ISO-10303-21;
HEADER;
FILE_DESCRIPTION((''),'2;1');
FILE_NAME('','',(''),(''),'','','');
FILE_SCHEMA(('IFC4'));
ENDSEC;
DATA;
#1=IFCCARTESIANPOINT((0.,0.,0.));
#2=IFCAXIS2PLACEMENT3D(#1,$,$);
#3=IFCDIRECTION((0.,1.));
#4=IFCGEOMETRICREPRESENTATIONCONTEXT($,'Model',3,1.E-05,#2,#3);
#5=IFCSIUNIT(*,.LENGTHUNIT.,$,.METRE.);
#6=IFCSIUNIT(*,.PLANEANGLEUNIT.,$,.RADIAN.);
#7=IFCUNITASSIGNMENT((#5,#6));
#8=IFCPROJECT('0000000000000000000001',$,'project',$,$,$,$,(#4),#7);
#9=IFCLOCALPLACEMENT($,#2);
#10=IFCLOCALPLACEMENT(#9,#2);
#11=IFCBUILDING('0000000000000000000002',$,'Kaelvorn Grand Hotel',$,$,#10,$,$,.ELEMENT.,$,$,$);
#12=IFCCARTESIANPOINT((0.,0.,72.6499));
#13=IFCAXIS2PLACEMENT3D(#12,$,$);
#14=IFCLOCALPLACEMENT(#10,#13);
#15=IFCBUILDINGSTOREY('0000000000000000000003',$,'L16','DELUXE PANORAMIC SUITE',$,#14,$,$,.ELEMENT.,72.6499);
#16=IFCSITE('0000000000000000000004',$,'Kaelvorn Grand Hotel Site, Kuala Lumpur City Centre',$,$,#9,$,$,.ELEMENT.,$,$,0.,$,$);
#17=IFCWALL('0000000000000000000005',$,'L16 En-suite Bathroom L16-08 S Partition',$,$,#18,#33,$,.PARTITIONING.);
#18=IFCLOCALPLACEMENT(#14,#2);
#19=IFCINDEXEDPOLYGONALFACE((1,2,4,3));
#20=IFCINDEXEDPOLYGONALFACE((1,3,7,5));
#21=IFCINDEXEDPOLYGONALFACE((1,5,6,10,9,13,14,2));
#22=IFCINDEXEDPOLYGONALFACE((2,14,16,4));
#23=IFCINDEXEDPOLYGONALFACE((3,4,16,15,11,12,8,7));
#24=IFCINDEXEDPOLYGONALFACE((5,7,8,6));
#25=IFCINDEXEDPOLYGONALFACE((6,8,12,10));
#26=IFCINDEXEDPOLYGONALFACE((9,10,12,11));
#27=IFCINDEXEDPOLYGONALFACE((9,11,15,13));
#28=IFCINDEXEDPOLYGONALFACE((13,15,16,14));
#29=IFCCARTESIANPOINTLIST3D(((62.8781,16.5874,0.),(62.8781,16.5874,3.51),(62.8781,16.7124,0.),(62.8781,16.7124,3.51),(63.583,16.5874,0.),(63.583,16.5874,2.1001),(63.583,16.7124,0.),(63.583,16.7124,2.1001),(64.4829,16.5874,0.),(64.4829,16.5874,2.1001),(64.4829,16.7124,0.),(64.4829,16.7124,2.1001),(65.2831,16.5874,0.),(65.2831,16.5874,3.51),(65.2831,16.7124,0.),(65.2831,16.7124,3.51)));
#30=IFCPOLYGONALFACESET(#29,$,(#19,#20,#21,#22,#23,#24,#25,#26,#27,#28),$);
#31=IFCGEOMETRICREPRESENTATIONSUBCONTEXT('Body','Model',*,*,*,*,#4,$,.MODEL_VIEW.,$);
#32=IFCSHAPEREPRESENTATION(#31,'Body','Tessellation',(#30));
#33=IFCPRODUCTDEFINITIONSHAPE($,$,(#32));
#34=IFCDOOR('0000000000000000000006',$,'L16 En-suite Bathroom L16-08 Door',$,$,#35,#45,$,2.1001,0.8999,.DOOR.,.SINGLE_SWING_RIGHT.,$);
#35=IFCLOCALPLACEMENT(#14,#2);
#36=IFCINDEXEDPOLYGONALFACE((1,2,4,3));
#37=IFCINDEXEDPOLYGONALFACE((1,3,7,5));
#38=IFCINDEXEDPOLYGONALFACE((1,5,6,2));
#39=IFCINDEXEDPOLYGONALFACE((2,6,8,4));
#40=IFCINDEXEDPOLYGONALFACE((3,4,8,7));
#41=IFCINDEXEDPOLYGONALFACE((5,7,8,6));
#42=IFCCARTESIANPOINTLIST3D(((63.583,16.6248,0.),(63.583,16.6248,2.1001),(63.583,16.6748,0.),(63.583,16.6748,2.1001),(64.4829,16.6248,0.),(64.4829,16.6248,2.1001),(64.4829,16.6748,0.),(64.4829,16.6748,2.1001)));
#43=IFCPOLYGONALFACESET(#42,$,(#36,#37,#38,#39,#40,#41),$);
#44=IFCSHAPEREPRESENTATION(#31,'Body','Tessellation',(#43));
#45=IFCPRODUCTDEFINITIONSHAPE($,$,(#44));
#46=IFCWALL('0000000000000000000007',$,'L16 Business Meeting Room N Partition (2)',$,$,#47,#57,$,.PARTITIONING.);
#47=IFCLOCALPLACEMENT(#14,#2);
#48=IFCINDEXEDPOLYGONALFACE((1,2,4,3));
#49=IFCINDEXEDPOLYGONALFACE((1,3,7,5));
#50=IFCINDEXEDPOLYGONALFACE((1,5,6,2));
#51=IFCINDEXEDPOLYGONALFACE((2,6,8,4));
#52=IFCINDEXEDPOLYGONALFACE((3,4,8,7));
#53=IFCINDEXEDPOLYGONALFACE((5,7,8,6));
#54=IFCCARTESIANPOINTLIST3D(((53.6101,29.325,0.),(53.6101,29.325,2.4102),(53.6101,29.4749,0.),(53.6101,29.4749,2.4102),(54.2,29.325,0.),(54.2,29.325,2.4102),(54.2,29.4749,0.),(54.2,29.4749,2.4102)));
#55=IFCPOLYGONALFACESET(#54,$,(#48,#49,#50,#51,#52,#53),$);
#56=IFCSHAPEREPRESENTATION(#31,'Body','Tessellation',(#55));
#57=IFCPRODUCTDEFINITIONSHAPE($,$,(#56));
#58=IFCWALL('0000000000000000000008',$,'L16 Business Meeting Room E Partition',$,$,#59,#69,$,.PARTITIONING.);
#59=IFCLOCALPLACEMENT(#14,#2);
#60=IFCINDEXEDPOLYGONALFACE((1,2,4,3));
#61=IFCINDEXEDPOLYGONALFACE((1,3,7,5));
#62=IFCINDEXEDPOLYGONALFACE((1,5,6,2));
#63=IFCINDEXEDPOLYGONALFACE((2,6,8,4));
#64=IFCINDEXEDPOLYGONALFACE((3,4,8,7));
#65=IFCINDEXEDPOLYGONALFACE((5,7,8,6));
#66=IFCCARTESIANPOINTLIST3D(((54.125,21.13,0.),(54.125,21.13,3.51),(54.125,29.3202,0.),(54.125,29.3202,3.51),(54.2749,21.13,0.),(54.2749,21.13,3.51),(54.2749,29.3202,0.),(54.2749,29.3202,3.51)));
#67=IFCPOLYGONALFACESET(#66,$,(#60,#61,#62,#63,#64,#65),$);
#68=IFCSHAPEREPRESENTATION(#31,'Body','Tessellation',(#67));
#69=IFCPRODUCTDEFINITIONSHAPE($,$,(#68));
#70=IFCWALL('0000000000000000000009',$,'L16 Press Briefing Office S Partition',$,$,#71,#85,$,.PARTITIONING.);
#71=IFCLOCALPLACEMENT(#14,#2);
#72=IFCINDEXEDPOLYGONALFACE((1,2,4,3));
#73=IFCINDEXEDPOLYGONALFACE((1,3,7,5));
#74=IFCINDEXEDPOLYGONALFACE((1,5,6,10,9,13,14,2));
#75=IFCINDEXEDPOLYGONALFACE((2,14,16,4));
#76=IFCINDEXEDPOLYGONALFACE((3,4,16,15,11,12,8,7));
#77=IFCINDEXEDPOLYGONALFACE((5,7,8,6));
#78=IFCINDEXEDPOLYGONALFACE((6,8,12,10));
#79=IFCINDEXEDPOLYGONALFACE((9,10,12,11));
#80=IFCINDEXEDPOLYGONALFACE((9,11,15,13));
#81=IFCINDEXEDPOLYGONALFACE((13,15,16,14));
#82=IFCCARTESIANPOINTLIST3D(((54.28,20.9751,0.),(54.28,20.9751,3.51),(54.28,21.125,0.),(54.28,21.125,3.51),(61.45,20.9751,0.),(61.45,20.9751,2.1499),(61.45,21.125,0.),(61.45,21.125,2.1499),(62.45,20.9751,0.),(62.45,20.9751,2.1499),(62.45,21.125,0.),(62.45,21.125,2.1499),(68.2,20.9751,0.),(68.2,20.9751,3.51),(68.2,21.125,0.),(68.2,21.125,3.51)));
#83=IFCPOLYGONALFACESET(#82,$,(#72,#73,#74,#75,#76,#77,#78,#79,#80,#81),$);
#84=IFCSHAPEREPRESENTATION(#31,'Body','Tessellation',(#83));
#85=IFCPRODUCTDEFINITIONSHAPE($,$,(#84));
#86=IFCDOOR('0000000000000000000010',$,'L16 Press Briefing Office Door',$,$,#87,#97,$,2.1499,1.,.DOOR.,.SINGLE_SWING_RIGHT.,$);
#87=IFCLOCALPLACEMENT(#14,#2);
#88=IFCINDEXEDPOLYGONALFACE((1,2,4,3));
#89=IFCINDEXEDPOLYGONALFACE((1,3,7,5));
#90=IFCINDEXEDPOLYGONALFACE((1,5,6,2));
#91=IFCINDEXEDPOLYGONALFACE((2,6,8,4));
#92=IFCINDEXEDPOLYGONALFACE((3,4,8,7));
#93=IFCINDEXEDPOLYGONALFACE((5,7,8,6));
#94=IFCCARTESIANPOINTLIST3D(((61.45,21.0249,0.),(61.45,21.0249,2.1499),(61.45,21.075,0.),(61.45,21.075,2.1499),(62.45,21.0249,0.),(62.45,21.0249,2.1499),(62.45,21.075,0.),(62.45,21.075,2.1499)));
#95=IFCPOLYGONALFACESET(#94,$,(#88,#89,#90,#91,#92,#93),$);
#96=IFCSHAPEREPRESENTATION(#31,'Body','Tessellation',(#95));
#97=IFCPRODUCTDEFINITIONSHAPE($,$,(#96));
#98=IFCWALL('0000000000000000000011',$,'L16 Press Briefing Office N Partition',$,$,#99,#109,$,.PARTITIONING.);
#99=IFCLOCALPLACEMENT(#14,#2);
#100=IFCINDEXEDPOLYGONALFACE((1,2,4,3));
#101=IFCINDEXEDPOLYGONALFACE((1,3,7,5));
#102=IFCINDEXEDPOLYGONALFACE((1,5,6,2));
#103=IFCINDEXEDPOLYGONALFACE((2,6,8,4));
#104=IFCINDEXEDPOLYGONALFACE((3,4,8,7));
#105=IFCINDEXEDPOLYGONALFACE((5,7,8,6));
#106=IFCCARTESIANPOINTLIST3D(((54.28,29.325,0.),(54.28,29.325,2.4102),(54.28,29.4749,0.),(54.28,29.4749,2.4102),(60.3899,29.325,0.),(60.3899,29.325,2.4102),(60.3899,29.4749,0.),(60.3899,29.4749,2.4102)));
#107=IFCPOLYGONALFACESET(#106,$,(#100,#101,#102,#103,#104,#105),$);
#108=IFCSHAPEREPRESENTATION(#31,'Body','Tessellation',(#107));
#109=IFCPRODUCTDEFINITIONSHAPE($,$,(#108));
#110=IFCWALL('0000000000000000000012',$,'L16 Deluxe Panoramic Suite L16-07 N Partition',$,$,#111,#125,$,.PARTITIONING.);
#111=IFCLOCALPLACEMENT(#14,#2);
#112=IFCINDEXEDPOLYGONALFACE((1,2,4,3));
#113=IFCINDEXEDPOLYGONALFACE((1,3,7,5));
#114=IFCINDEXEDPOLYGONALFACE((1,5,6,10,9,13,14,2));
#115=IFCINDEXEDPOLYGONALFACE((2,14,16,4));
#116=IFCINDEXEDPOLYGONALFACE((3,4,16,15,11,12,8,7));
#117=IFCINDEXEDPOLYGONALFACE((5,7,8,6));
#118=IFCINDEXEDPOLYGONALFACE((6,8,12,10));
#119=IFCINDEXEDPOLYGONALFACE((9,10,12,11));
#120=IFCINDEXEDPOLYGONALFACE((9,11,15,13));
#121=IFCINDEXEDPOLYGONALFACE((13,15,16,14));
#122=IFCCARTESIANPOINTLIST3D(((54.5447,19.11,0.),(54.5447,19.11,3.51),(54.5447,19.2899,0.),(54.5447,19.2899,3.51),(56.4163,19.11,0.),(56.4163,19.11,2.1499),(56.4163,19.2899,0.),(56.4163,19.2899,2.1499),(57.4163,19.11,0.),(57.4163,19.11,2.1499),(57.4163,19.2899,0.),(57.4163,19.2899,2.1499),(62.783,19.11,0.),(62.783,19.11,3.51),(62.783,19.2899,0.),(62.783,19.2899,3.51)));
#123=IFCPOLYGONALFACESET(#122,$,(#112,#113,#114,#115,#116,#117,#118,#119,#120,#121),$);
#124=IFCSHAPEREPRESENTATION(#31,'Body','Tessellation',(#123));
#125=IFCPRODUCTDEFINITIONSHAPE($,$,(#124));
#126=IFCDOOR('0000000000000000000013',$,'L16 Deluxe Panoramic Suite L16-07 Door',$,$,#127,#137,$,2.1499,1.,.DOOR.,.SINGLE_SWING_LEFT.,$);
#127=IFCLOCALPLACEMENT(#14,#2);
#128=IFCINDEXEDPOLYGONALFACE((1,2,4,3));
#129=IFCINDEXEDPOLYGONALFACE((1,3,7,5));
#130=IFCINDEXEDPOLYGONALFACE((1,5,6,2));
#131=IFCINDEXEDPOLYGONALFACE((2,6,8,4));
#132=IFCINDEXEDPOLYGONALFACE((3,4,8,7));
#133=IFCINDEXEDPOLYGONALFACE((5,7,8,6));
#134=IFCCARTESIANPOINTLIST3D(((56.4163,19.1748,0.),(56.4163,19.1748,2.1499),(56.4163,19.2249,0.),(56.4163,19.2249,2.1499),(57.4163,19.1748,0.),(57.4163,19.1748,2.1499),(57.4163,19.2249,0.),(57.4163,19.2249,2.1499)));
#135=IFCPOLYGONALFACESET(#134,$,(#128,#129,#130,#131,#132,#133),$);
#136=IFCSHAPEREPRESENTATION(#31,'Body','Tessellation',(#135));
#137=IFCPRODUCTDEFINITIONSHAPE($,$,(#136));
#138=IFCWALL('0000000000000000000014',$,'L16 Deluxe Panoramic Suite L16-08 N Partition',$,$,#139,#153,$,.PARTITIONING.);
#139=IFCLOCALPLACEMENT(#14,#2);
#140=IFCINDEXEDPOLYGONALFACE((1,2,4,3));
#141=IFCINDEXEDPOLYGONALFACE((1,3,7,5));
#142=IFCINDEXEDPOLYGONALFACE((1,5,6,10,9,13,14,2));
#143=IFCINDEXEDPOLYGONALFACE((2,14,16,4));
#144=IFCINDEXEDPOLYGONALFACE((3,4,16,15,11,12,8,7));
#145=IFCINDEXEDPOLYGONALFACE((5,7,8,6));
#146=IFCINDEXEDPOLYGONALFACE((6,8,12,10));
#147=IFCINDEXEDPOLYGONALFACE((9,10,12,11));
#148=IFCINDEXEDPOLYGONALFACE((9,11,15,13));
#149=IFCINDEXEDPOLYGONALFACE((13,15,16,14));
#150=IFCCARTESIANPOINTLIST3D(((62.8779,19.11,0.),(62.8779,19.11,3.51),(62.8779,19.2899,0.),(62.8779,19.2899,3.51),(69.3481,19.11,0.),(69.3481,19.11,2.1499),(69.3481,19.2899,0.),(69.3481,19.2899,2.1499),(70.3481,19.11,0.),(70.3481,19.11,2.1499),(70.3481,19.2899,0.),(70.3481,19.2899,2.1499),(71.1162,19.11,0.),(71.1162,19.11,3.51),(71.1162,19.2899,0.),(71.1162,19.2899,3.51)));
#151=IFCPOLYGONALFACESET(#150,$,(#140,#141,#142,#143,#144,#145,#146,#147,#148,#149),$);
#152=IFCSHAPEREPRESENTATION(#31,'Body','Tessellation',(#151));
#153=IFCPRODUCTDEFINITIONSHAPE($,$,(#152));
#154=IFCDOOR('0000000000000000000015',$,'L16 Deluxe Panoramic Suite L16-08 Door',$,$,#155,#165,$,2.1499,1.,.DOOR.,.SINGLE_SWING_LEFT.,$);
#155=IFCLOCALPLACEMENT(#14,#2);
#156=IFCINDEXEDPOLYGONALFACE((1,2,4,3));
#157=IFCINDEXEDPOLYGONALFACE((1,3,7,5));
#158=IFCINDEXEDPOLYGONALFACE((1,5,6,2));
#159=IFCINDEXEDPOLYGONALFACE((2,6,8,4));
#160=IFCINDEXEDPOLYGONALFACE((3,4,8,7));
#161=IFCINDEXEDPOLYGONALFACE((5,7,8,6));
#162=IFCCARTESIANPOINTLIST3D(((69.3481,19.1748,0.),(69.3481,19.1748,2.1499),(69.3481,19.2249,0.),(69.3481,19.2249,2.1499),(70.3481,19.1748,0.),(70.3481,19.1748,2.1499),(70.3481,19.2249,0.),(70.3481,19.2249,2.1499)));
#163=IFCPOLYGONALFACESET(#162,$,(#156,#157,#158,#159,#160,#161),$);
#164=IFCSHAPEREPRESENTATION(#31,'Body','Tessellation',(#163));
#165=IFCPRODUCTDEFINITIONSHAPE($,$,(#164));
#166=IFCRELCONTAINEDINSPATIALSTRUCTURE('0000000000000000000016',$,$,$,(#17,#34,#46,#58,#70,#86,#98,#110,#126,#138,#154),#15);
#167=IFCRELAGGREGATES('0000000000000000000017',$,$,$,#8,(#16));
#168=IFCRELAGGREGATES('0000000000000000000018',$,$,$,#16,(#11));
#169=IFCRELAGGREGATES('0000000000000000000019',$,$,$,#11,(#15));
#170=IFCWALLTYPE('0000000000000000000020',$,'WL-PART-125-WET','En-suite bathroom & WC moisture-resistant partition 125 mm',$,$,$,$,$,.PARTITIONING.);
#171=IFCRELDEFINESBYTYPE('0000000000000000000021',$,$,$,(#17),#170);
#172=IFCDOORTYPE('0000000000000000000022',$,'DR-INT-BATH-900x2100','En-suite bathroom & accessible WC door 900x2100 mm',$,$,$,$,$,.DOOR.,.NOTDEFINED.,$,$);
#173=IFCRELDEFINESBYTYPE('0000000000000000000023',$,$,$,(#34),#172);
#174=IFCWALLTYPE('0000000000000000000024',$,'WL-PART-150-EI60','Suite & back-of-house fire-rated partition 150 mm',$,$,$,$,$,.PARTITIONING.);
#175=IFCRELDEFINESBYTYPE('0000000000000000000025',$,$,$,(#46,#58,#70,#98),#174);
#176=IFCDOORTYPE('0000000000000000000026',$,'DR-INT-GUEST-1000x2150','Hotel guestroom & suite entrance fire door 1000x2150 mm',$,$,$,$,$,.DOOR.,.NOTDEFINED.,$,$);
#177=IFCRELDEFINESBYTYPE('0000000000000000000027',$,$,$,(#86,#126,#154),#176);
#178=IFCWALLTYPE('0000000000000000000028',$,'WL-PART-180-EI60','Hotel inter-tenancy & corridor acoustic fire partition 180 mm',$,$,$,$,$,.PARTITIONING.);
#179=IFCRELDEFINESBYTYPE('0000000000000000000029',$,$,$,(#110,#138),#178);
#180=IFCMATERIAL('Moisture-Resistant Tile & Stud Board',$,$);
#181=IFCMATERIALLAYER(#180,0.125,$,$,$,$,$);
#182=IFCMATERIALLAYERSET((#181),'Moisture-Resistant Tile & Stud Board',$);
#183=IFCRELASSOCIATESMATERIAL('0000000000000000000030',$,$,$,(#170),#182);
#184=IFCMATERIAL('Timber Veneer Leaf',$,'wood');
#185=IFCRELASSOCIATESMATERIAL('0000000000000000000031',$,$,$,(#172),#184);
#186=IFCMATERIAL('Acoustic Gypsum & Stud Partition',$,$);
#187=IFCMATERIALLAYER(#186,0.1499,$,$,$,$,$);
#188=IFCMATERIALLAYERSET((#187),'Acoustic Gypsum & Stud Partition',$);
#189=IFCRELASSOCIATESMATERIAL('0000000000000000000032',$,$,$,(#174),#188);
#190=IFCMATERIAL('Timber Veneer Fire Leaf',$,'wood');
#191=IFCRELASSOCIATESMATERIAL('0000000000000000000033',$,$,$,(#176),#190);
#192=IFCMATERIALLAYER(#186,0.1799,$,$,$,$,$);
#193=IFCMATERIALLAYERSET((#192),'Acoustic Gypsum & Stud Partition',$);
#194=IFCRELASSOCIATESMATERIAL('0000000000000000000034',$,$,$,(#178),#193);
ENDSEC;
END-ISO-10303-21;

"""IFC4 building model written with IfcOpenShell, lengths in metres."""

from ifc_helpers import new_model, si_unit, direction, frame, frame_2d, origin, place, context, subcontext, project, spatial, rectangle, extrude, material, layer, layer_set, type_object, element, fill, save


model = new_model("IFC4")

# Units and contexts
model_context = context("Model", 3, precision=1e-05, world=origin(), true_north=direction((0.0, 1.0)))
body_context = subcontext(model_context, "Body", "Model", "MODEL_VIEW")
ifc_project = project(units=[si_unit("LENGTHUNIT", "METRE"), si_unit("PLANEANGLEUNIT", "RADIAN")], contexts=[model_context])

# Site, building, storey
site_placement = place(None, origin())
site = spatial("IfcSite", under=ifc_project, at=site_placement, Name="Kaelvorn Grand Hotel Site, Kuala Lumpur City Centre", CompositionType="ELEMENT", RefElevation=0.0)
building_placement = place(site_placement, origin())
building = spatial("IfcBuilding", under=site, at=building_placement, Name="Kaelvorn Grand Hotel", CompositionType="ELEMENT")
storey_placement = place(building_placement, frame((0.0, 0.0, 72.6499)))
storey = spatial("IfcBuildingStorey", under=building, at=storey_placement, Name="L16", Description="DELUXE PANORAMIC SUITE", CompositionType="ELEMENT", Elevation=72.6499)

# Shared definitions
ifc_material_1 = material(Name="Moisture-Resistant Tile & Stud Board")
ifc_layer_1 = layer(ifc_material_1, 0.125)
ifc_layer_set_1 = layer_set([ifc_layer_1], Name="Moisture-Resistant Tile & Stud Board")
wall_type_1 = type_object("IfcWallType", Name="WL-PART-125-WET", Description="En-suite bathroom & WC moisture-resistant partition 125 mm", PredefinedType="PARTITIONING", material=ifc_layer_set_1)
ifc_material_2 = material(Name="Timber Veneer Leaf", Category="wood")
door_type_1 = type_object("IfcDoorType", Name="DR-INT-BATH-900x2100", Description="En-suite bathroom & accessible WC door 900x2100 mm", OperationType="NOTDEFINED", PredefinedType="DOOR", material=ifc_material_2)

# Wall, opening, door
wall_1_placement = place(storey_placement, frame((62.8779, 16.6499, 0.0), z_axis=(0.0, 0.0, 1.0), x_axis=(1.0, 0.0, 0.0)))
wall_1 = element("IfcWall", 1, at=wall_1_placement, inside=storey, type_object=wall_type_1, Name="L16 En-suite Bathroom L16-08 S Partition", PredefinedType="PARTITIONING", context=body_context, shape_type="SweptSolid", body=[
    extrude(rectangle(XDim=2.405, YDim=0.125, at=frame_2d((1.2026, 0.0))), origin(), (0.0, 0.0, 1.0), 3.51),
])
opening_1_placement = place(wall_1_placement, frame((0.7051, 0.0, 0.0)))
opening_1 = element("IfcOpeningElement", 2, at=opening_1_placement, cuts=wall_1, PredefinedType="OPENING", context=body_context, shape_type="SweptSolid", body=[
    extrude(rectangle(XDim=0.8999, YDim=2.1001, at=frame_2d((0.45, 1.05))), frame((0.0, 0.0725, 0.0), z_axis=(0.0, -1.0, 0.0), x_axis=(1.0, 0.0, 0.0)), (0.0, 0.0, 1.0), 0.145),
])
door_1_placement = place(opening_1_placement, origin())
door_1 = element("IfcDoor", 3, at=door_1_placement, inside=storey, type_object=door_type_1, Name="L16 En-suite Bathroom L16-08 Door", OperationType="SINGLE_SWING_RIGHT", OverallHeight=2.1001, OverallWidth=0.8999, PredefinedType="DOOR", context=body_context, shape_type="SweptSolid", body=[
    extrude(rectangle(XDim=0.8999, YDim=2.1001, at=frame_2d((0.45, 1.05))), frame((0.0, 0.0249, 0.0), z_axis=(0.0, -1.0, 0.0), x_axis=(1.0, 0.0, 0.0)), (0.0, 0.0, 1.0), 0.05),
])
fill(opening_1, door_1)

# Walls
ifc_material_3 = material(Name="Acoustic Gypsum & Stud Partition")
ifc_layer_2 = layer(ifc_material_3, 0.1499)
ifc_layer_set_2 = layer_set([ifc_layer_2], Name="Acoustic Gypsum & Stud Partition")
wall_type_2 = type_object("IfcWallType", Name="WL-PART-150-EI60", Description="Suite & back-of-house fire-rated partition 150 mm", PredefinedType="PARTITIONING", material=ifc_layer_set_2)
wall_2_placement = place(storey_placement, frame((53.6101, 29.3999, 0.0), z_axis=(0.0, 0.0, 1.0), x_axis=(1.0, 0.0, 0.0)))
element("IfcWall", 4, at=wall_2_placement, inside=storey, type_object=wall_type_2, Name="L16 Business Meeting Room N Partition (2)", PredefinedType="PARTITIONING", context=body_context, shape_type="SweptSolid", body=[
    extrude(rectangle(XDim=0.5898, YDim=0.1499, at=frame_2d((0.2949, 0.0))), origin(), (0.0, 0.0, 1.0), 2.4102),
])
wall_3_placement = place(storey_placement, frame((54.2, 21.1299, 0.0), z_axis=(0.0, 0.0, 1.0), x_axis=(0.0, 1.0, 0.0)))
element("IfcWall", 5, at=wall_3_placement, inside=storey, type_object=wall_type_2, Name="L16 Business Meeting Room E Partition", PredefinedType="PARTITIONING", context=body_context, shape_type="SweptSolid", body=[
    extrude(rectangle(XDim=8.1902, YDim=0.1499, at=frame_2d((4.0952, 0.0))), origin(), (0.0, 0.0, 1.0), 3.51),
])

# Wall, opening, door
wall_4_placement = place(storey_placement, frame((54.28, 21.05, 0.0), z_axis=(0.0, 0.0, 1.0), x_axis=(1.0, 0.0, 0.0)))
wall_4 = element("IfcWall", 6, at=wall_4_placement, inside=storey, type_object=wall_type_2, Name="L16 Press Briefing Office S Partition", PredefinedType="PARTITIONING", context=body_context, shape_type="SweptSolid", body=[
    extrude(rectangle(XDim=13.9199, YDim=0.1499, at=frame_2d((6.96, 0.0))), origin(), (0.0, 0.0, 1.0), 3.51),
])
opening_2_placement = place(wall_4_placement, frame((7.1699, 0.0, 0.0)))
opening_2 = element("IfcOpeningElement", 7, at=opening_2_placement, cuts=wall_4, PredefinedType="OPENING", context=body_context, shape_type="SweptSolid", body=[
    extrude(rectangle(XDim=1.0, YDim=2.1499, at=frame_2d((0.5, 1.075))), frame((0.0, 0.085, 0.0), z_axis=(0.0, -1.0, 0.0), x_axis=(1.0, 0.0, 0.0)), (0.0, 0.0, 1.0), 0.1699),
])
ifc_material_4 = material(Name="Timber Veneer Fire Leaf", Category="wood")
door_type_2 = type_object("IfcDoorType", Name="DR-INT-GUEST-1000x2150", Description="Hotel guestroom & suite entrance fire door 1000x2150 mm", OperationType="NOTDEFINED", PredefinedType="DOOR", material=ifc_material_4)
door_2_placement = place(opening_2_placement, origin())
door_2 = element("IfcDoor", 8, at=door_2_placement, inside=storey, type_object=door_type_2, Name="L16 Press Briefing Office Door", OperationType="SINGLE_SWING_RIGHT", OverallHeight=2.1499, OverallWidth=1.0, PredefinedType="DOOR", context=body_context, shape_type="SweptSolid", body=[
    extrude(rectangle(XDim=1.0, YDim=2.1499, at=frame_2d((0.5, 1.075))), frame((0.0, 0.0249, 0.0), z_axis=(0.0, -1.0, 0.0), x_axis=(1.0, 0.0, 0.0)), (0.0, 0.0, 1.0), 0.05),
])
fill(opening_2, door_2)

# Wall
wall_5_placement = place(storey_placement, frame((54.28, 29.3999, 0.0), z_axis=(0.0, 0.0, 1.0), x_axis=(1.0, 0.0, 0.0)))
element("IfcWall", 9, at=wall_5_placement, inside=storey, type_object=wall_type_2, Name="L16 Press Briefing Office N Partition", PredefinedType="PARTITIONING", context=body_context, shape_type="SweptSolid", body=[
    extrude(rectangle(XDim=6.1099, YDim=0.1499, at=frame_2d((3.0549, 0.0))), origin(), (0.0, 0.0, 1.0), 2.4102),
])

# Walls, openings, doors
ifc_layer_3 = layer(ifc_material_3, 0.1799)
ifc_layer_set_3 = layer_set([ifc_layer_3], Name="Acoustic Gypsum & Stud Partition")
wall_type_3 = type_object("IfcWallType", Name="WL-PART-180-EI60", Description="Hotel inter-tenancy & corridor acoustic fire partition 180 mm", PredefinedType="PARTITIONING", material=ifc_layer_set_3)
wall_6_placement = place(storey_placement, frame((54.5447, 19.2, 0.0), z_axis=(0.0, 0.0, 1.0), x_axis=(1.0, 0.0, 0.0)))
wall_6 = element("IfcWall", 10, at=wall_6_placement, inside=storey, type_object=wall_type_3, Name="L16 Deluxe Panoramic Suite L16-07 N Partition", PredefinedType="PARTITIONING", context=body_context, shape_type="SweptSolid", body=[
    extrude(rectangle(XDim=8.2383, YDim=0.1799, at=frame_2d((4.1191, 0.0))), origin(), (0.0, 0.0, 1.0), 3.51),
])
opening_3_placement = place(wall_6_placement, frame((1.8716, 0.0, 0.0)))
opening_3 = element("IfcOpeningElement", 11, at=opening_3_placement, cuts=wall_6, PredefinedType="OPENING", context=body_context, shape_type="SweptSolid", body=[
    extrude(rectangle(XDim=1.0, YDim=2.1499, at=frame_2d((0.5, 1.075))), frame((0.0, 0.1001, 0.0), z_axis=(0.0, -1.0, 0.0), x_axis=(1.0, 0.0, 0.0)), (0.0, 0.0, 1.0), 0.2),
])
door_3_placement = place(opening_3_placement, origin())
door_3 = element("IfcDoor", 12, at=door_3_placement, inside=storey, type_object=door_type_2, Name="L16 Deluxe Panoramic Suite L16-07 Door", OperationType="SINGLE_SWING_LEFT", OverallHeight=2.1499, OverallWidth=1.0, PredefinedType="DOOR", context=body_context, shape_type="SweptSolid", body=[
    extrude(rectangle(XDim=1.0, YDim=2.1499, at=frame_2d((0.5, 1.075))), frame((0.0, 0.0249, 0.0), z_axis=(0.0, -1.0, 0.0), x_axis=(1.0, 0.0, 0.0)), (0.0, 0.0, 1.0), 0.05),
])
fill(opening_3, door_3)
wall_7_placement = place(storey_placement, frame((62.8779, 19.2, 0.0), z_axis=(0.0, 0.0, 1.0), x_axis=(1.0, 0.0, 0.0)))
wall_7 = element("IfcWall", 13, at=wall_7_placement, inside=storey, type_object=wall_type_3, Name="L16 Deluxe Panoramic Suite L16-08 N Partition", PredefinedType="PARTITIONING", context=body_context, shape_type="SweptSolid", body=[
    extrude(rectangle(XDim=8.2383, YDim=0.1799, at=frame_2d((4.1191, 0.0))), origin(), (0.0, 0.0, 1.0), 3.51),
])
opening_4_placement = place(wall_7_placement, frame((6.4702, 0.0, 0.0)))
opening_4 = element("IfcOpeningElement", 14, at=opening_4_placement, cuts=wall_7, PredefinedType="OPENING", context=body_context, shape_type="SweptSolid", body=[
    extrude(rectangle(XDim=1.0, YDim=2.1499, at=frame_2d((0.5, 1.075))), frame((0.0, 0.1001, 0.0), z_axis=(0.0, -1.0, 0.0), x_axis=(1.0, 0.0, 0.0)), (0.0, 0.0, 1.0), 0.2),
])
door_4_placement = place(opening_4_placement, origin())
door_4 = element("IfcDoor", 15, at=door_4_placement, inside=storey, type_object=door_type_2, Name="L16 Deluxe Panoramic Suite L16-08 Door", OperationType="SINGLE_SWING_LEFT", OverallHeight=2.1499, OverallWidth=1.0, PredefinedType="DOOR", context=body_context, shape_type="SweptSolid", body=[
    extrude(rectangle(XDim=1.0, YDim=2.1499, at=frame_2d((0.5, 1.075))), frame((0.0, 0.0249, 0.0), z_axis=(0.0, -1.0, 0.0), x_axis=(1.0, 0.0, 0.0)), (0.0, 0.0, 1.0), 0.05),
])
fill(opening_4, door_4)

save(model, "model.ifc")
